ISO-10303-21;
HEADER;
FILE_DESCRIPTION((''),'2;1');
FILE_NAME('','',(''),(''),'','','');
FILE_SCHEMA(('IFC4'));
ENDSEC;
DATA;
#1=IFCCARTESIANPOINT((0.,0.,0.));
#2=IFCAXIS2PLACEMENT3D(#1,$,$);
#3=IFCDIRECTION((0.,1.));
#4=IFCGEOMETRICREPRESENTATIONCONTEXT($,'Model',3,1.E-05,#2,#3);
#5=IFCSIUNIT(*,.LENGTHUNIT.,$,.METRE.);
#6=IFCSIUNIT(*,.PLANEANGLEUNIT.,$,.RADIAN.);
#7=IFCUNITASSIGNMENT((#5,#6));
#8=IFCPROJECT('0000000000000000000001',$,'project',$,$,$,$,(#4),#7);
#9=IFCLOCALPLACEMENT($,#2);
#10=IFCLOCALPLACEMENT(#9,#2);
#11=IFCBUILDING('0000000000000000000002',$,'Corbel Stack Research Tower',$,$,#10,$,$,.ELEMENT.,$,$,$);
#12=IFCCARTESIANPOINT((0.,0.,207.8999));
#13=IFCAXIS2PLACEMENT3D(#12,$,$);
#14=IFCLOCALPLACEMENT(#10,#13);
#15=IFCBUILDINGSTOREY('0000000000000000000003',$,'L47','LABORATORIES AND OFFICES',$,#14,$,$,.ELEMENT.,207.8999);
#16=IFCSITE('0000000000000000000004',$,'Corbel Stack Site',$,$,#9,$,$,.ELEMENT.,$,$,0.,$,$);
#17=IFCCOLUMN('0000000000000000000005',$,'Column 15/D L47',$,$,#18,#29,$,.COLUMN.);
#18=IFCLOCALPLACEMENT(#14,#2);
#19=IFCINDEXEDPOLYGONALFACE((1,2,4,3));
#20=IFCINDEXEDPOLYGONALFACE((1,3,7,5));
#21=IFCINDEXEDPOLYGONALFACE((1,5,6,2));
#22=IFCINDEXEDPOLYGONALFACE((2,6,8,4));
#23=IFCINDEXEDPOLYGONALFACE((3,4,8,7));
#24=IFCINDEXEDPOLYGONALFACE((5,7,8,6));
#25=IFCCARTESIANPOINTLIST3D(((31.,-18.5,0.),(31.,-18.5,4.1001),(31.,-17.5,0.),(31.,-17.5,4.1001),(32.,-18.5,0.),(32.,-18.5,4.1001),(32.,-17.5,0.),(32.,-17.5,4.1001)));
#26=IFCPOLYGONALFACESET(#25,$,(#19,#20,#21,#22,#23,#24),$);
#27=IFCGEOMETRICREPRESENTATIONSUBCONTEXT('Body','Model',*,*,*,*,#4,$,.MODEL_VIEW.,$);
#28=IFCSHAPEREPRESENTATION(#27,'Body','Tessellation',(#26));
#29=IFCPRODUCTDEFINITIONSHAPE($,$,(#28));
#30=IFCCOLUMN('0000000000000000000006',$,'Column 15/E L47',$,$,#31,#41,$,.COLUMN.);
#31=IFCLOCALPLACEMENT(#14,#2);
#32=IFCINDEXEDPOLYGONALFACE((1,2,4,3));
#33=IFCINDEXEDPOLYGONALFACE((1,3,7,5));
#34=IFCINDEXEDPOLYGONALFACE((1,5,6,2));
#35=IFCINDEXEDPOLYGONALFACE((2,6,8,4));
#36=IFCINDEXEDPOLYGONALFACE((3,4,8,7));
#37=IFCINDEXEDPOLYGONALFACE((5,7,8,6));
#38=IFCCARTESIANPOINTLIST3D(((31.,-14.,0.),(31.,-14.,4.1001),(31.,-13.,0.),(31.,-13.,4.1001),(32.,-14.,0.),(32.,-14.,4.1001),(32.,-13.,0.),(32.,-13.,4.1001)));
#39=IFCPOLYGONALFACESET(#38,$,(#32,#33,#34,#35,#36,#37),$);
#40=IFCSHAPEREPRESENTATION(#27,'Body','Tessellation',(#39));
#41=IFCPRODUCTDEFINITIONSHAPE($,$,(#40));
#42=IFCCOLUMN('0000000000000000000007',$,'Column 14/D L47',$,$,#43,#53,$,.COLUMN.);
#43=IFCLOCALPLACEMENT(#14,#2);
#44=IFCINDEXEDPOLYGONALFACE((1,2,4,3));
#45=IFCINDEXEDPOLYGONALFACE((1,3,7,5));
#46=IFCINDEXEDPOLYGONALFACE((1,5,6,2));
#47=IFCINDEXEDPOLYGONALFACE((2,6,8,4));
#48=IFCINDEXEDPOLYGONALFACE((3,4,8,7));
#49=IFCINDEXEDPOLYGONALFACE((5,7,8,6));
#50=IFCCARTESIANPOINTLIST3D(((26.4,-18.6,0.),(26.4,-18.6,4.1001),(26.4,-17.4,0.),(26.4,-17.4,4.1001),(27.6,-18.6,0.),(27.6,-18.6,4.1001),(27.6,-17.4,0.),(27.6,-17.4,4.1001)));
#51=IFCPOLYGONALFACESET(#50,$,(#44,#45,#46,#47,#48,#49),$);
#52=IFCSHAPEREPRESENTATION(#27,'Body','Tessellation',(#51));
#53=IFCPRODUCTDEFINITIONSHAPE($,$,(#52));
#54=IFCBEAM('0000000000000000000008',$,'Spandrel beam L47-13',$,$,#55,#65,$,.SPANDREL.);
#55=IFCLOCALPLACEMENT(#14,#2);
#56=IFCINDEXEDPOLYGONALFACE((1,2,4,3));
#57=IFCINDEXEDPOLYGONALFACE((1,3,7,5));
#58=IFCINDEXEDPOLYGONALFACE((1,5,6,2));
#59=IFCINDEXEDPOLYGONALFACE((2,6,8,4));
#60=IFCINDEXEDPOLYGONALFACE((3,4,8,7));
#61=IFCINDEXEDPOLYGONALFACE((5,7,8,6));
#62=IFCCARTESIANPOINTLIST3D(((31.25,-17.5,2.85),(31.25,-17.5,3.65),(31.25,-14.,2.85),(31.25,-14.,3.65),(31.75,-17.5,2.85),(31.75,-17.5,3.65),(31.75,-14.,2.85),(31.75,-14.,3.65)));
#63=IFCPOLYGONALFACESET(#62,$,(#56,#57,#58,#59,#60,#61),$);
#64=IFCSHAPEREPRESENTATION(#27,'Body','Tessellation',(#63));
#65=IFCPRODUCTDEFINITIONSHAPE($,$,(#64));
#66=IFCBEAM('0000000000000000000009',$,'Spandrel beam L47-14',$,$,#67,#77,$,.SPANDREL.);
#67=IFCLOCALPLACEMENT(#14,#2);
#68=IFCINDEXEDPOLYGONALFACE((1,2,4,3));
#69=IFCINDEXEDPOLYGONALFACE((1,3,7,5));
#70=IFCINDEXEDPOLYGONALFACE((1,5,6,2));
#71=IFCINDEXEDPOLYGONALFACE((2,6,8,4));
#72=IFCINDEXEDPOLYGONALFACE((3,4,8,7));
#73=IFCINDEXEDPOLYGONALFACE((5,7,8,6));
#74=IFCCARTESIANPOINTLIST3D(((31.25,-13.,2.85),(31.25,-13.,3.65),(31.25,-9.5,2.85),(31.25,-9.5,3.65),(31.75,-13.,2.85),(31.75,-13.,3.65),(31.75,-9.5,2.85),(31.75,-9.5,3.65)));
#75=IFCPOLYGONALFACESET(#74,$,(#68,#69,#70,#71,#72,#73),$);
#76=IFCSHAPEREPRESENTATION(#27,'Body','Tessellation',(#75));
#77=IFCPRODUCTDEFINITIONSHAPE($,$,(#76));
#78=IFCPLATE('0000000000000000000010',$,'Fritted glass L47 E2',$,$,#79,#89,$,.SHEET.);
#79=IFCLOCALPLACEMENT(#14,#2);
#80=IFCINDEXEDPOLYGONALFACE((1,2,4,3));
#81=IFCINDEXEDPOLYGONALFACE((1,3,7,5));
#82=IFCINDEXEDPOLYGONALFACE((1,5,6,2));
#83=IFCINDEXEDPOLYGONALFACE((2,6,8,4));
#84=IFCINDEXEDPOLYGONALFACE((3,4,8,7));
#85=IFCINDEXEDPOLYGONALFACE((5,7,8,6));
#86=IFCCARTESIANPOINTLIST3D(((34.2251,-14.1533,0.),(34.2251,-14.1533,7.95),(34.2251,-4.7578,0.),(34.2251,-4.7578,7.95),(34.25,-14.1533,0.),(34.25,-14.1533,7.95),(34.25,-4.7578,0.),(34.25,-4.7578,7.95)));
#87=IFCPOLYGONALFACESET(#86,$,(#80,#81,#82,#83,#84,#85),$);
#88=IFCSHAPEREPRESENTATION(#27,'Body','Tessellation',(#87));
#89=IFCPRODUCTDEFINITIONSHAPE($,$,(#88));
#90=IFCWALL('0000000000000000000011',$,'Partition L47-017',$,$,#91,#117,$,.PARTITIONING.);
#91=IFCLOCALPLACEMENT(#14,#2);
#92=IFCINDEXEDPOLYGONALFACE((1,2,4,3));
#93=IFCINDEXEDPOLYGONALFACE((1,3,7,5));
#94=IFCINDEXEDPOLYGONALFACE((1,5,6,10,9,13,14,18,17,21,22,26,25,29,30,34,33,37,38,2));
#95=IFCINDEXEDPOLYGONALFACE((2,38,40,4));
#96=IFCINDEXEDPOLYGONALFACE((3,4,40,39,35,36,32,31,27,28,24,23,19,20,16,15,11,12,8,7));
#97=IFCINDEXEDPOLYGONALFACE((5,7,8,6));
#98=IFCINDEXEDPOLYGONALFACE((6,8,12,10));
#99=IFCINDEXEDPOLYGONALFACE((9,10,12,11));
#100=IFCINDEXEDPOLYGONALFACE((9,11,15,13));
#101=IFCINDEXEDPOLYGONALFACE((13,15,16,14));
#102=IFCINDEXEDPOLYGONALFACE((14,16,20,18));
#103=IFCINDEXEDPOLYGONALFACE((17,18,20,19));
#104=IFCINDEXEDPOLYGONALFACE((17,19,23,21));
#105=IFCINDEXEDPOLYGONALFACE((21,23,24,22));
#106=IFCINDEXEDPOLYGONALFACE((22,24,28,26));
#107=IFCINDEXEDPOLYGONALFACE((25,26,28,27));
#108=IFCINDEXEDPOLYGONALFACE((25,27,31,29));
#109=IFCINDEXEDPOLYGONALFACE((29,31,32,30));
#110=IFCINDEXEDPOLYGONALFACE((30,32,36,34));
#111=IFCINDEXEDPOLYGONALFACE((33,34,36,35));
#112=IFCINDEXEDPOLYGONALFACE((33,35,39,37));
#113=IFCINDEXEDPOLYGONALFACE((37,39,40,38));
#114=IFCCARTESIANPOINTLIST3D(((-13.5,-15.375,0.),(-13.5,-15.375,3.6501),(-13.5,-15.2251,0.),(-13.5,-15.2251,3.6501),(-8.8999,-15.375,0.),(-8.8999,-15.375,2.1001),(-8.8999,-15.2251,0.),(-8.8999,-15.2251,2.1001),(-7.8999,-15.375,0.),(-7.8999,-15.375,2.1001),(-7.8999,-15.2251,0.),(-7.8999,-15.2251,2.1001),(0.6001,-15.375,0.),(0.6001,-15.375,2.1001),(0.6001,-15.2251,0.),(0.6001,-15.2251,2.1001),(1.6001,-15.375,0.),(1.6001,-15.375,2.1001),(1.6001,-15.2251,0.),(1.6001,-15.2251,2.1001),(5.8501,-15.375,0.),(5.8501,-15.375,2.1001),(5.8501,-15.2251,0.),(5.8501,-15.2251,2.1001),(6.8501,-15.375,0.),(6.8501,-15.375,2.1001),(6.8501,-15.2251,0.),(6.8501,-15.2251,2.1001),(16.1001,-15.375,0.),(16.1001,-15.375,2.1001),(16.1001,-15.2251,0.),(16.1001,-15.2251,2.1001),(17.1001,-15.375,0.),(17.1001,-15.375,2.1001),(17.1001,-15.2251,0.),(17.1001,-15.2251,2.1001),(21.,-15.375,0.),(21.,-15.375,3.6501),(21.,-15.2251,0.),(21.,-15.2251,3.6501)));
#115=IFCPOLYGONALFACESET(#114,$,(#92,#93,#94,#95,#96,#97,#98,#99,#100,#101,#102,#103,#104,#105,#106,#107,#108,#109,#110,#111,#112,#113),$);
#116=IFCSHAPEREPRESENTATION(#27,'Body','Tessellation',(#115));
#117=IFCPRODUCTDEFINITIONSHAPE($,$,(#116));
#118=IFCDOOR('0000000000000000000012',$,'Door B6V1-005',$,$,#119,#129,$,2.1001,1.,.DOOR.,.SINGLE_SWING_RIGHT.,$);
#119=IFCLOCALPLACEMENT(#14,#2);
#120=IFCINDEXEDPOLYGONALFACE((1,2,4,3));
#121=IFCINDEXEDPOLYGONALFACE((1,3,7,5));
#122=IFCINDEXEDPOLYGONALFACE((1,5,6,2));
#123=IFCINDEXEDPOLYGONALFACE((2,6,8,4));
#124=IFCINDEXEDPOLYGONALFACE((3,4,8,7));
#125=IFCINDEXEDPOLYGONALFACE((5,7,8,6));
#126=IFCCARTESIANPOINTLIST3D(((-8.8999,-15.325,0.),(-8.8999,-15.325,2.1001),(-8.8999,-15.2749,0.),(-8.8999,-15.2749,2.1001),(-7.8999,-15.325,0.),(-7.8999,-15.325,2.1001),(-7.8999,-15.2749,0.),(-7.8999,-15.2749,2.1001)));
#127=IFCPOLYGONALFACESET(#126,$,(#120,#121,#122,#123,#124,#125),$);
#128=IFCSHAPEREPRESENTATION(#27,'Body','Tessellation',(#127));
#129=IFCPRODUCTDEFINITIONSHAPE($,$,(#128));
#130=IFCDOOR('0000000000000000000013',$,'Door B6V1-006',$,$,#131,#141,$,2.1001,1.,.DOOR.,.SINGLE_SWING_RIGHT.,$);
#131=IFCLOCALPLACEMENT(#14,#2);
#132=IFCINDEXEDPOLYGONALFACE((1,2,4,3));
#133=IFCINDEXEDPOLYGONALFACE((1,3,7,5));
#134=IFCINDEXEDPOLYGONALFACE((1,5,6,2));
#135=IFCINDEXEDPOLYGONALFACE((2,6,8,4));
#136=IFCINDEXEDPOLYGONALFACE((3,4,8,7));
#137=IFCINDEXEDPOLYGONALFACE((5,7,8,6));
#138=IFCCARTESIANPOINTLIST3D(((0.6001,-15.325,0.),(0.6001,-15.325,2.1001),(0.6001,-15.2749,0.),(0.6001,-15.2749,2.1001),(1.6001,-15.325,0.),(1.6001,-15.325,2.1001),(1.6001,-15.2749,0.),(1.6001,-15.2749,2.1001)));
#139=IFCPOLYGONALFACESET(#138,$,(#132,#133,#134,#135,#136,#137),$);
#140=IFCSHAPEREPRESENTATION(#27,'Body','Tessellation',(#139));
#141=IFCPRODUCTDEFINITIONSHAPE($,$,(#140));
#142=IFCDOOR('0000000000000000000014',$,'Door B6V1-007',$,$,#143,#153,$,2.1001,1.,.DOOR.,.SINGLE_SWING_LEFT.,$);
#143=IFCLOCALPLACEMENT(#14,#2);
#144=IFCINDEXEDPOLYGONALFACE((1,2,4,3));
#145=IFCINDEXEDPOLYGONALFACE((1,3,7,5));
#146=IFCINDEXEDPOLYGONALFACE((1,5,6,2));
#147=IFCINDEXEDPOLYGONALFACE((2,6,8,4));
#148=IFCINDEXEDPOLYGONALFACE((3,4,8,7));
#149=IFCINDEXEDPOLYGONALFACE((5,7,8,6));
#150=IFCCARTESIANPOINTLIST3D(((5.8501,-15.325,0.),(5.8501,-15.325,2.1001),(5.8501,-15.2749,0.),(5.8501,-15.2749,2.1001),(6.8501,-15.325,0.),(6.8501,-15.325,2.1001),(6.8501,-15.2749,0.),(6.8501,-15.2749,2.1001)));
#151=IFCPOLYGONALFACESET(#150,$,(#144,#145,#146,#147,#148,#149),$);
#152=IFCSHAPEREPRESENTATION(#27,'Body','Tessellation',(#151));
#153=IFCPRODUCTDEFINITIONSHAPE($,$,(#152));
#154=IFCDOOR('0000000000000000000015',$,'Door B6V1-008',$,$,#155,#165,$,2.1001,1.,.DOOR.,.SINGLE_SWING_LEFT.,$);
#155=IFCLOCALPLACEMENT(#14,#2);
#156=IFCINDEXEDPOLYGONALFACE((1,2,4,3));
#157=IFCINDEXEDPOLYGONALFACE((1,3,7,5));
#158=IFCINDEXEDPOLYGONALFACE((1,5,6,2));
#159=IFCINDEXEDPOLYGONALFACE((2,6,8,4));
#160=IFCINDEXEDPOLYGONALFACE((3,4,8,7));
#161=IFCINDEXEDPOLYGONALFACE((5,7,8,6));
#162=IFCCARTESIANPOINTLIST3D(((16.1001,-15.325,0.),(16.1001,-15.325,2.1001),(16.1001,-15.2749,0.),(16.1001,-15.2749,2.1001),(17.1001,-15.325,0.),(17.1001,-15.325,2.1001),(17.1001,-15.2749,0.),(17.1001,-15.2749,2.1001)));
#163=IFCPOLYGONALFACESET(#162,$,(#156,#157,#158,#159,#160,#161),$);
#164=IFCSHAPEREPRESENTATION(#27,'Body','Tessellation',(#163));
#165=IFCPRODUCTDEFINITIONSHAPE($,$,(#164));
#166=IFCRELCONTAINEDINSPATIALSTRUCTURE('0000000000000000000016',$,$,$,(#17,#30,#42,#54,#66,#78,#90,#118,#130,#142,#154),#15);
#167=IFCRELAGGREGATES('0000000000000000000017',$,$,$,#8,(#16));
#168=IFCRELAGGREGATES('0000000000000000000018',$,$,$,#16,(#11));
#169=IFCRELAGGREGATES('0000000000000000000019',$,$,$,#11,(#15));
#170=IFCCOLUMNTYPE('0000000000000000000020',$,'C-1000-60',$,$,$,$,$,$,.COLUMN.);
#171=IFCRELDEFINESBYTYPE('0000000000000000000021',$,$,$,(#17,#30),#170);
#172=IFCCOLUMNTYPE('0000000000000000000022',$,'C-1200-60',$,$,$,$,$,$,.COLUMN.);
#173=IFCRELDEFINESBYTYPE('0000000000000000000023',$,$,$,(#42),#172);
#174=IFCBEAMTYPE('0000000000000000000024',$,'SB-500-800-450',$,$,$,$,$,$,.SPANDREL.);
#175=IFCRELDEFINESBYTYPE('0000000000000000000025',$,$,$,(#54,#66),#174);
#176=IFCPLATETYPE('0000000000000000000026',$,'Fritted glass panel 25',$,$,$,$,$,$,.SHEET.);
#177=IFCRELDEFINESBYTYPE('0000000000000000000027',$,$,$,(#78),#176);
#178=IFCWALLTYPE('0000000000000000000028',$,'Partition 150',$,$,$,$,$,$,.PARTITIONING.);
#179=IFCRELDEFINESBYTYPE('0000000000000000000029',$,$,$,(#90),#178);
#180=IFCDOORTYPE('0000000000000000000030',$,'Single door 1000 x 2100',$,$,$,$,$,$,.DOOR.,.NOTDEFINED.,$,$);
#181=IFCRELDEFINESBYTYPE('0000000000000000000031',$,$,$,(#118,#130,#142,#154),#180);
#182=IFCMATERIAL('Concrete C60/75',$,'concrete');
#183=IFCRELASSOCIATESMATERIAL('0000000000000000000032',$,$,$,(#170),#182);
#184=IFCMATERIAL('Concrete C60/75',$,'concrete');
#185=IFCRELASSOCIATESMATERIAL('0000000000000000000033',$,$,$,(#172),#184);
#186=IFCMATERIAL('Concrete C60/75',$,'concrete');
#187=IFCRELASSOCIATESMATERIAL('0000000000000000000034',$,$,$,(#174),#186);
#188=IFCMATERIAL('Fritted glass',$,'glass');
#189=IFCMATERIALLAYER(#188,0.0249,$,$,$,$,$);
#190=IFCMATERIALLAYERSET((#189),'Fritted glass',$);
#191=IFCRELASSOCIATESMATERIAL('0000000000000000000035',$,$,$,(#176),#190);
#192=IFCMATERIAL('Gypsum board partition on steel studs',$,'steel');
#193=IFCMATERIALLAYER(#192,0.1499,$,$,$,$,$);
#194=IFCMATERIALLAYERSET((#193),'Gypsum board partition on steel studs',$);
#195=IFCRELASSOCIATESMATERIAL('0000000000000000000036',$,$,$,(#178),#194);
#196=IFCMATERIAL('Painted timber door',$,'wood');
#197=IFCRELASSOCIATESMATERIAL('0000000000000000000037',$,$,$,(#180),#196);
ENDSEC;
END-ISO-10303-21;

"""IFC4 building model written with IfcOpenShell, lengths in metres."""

from ifc_helpers import new_model, si_unit, direction, frame, frame_2d, origin, origin_2d, place, context, subcontext, project, spatial, rectangle, extrude, material, layer, layer_set, material_profile, profile_set, type_object, element, fill, save


model = new_model("IFC4")

# Units and contexts
model_context = context("Model", 3, precision=1e-05, world=origin(), true_north=direction((0.0, 1.0)))
body_context = subcontext(model_context, "Body", "Model", "MODEL_VIEW")
ifc_project = project(units=[si_unit("LENGTHUNIT", "METRE"), si_unit("PLANEANGLEUNIT", "RADIAN")], contexts=[model_context])

# Site, building, storey
site_placement = place(None, origin())
site = spatial("IfcSite", under=ifc_project, at=site_placement, Name="Corbel Stack Site", CompositionType="ELEMENT", RefElevation=0.0)
building_placement = place(site_placement, origin())
building = spatial("IfcBuilding", under=site, at=building_placement, Name="Corbel Stack Research Tower", CompositionType="ELEMENT")
storey_placement = place(building_placement, frame((0.0, 0.0, 207.8999)))
storey = spatial("IfcBuildingStorey", under=building, at=storey_placement, Name="L47", Description="LABORATORIES AND OFFICES", CompositionType="ELEMENT", Elevation=207.8999)

# Columns
ifc_material_1 = material(Name="Concrete C60/75", Category="concrete")
ifc_material_profile_1 = material_profile(ifc_material_1, rectangle(XDim=1.0, YDim=1.0, at=origin_2d()), Name="RC 1000 x 1000")
ifc_profile_set_1 = profile_set([ifc_material_profile_1], Name="Concrete C60/75")
column_type_1 = type_object("IfcColumnType", Name="C-1000-60", PredefinedType="COLUMN", material=ifc_profile_set_1)
for number, where, z_axis, x_axis, name in (
    (1, (31.5, -18.0, 0.0), (0.0, 0.0, 1.0), (1.0, 0.0, 0.0), "Column 15/D L47"),
    (2, (31.5, -13.5, 0.0), (0.0, 0.0, 1.0), (1.0, 0.0, 0.0), "Column 15/E L47"),
):
    element("IfcColumn", number, at=place(storey_placement, frame(where, z_axis=z_axis, x_axis=x_axis)), inside=storey, type_object=column_type_1, Name=name, PredefinedType="COLUMN", context=body_context, shape_type="SweptSolid", body=[
        extrude(rectangle(XDim=1.0, YDim=1.0, at=origin_2d()), origin(), (0.0, 0.0, 1.0), 4.1001),
    ])
ifc_material_2 = material(Name="Concrete C60/75", Category="concrete")
ifc_material_profile_2 = material_profile(ifc_material_2, rectangle(XDim=1.2, YDim=1.2, at=origin_2d()), Name="RC 1200 x 1200")
ifc_profile_set_2 = profile_set([ifc_material_profile_2], Name="Concrete C60/75")
column_type_2 = type_object("IfcColumnType", Name="C-1200-60", PredefinedType="COLUMN", material=ifc_profile_set_2)
column_placement = place(storey_placement, frame((27.0, -18.0, 0.0), z_axis=(0.0, 0.0, 1.0), x_axis=(1.0, 0.0, 0.0)))
element("IfcColumn", 3, at=column_placement, inside=storey, type_object=column_type_2, Name="Column 14/D L47", PredefinedType="COLUMN", context=body_context, shape_type="SweptSolid", body=[
    extrude(rectangle(XDim=1.2, YDim=1.2, at=origin_2d()), origin(), (0.0, 0.0, 1.0), 4.1001),
])

# Beams
ifc_material_3 = material(Name="Concrete C60/75", Category="concrete")
ifc_material_profile_3 = material_profile(ifc_material_3, rectangle(XDim=0.5, YDim=0.8, at=origin_2d()), Name="RC 500 x 800")
ifc_profile_set_3 = profile_set([ifc_material_profile_3], Name="Concrete C60/75")
beam_type = type_object("IfcBeamType", Name="SB-500-800-450", PredefinedType="SPANDREL", material=ifc_profile_set_3)
for number, where, z_axis, x_axis, name in (
    (4, (31.5, -17.5, 3.25), (0.0, 1.0, 0.0), (-1.0, 0.0, 0.0), "Spandrel beam L47-13"),
    (5, (31.5, -13.0, 3.25), (0.0, 1.0, 0.0), (-1.0, 0.0, 0.0), "Spandrel beam L47-14"),
):
    element("IfcBeam", number, at=place(storey_placement, frame(where, z_axis=z_axis, x_axis=x_axis)), inside=storey, type_object=beam_type, Name=name, PredefinedType="SPANDREL", context=body_context, shape_type="SweptSolid", body=[
        extrude(rectangle(XDim=0.5, YDim=0.8, at=origin_2d()), origin(), (0.0, 0.0, 1.0), 3.5),
    ])

# Plate
ifc_material_4 = material(Name="Fritted glass", Category="glass")
ifc_layer_1 = layer(ifc_material_4, 0.0249)
ifc_layer_set_1 = layer_set([ifc_layer_1], Name="Fritted glass")
plate_type = type_object("IfcPlateType", Name="Fritted glass panel 25", PredefinedType="SHEET", material=ifc_layer_set_1)
plate_placement = place(storey_placement, frame((34.2375, -9.4556, 0.0), z_axis=(0.0, 0.0, 1.0), x_axis=(0.0, 1.0, 0.0)))
element("IfcPlate", 6, at=plate_placement, inside=storey, type_object=plate_type, Name="Fritted glass L47 E2", PredefinedType="SHEET", context=body_context, shape_type="SweptSolid", body=[
    extrude(rectangle(XDim=9.3955, YDim=0.0249, at=origin_2d()), origin(), (0.0, 0.0, 1.0), 7.95),
])

# Wall, openings, doors
ifc_material_5 = material(Name="Gypsum board partition on steel studs", Category="steel")
ifc_layer_2 = layer(ifc_material_5, 0.1499)
ifc_layer_set_2 = layer_set([ifc_layer_2], Name="Gypsum board partition on steel studs")
wall_type_1 = type_object("IfcWallType", Name="Partition 150", PredefinedType="PARTITIONING", material=ifc_layer_set_2)
wall_1_placement = place(storey_placement, frame((21.0, -15.3, 0.0), z_axis=(0.0, 0.0, 1.0), x_axis=(-1.0, 0.0, 0.0)))
wall_1 = element("IfcWall", 7, at=wall_1_placement, inside=storey, type_object=wall_type_1, Name="Partition L47-017", PredefinedType="PARTITIONING", context=body_context, shape_type="SweptSolid", body=[
    extrude(rectangle(XDim=34.5, YDim=0.1499, at=frame_2d((17.25, 0.0))), origin(), (0.0, 0.0, 1.0), 3.6501),
])
opening_1_placement = place(wall_1_placement, frame((28.8999, 0.0, 0.0)))
opening_1 = element("IfcOpeningElement", 8, at=opening_1_placement, cuts=wall_1, PredefinedType="OPENING", context=body_context, shape_type="SweptSolid", body=[
    extrude(rectangle(XDim=1.0, YDim=2.1001, at=frame_2d((0.5, 1.05))), frame((0.0, 0.085, 0.0), z_axis=(0.0, -1.0, 0.0), x_axis=(1.0, 0.0, 0.0)), (0.0, 0.0, 1.0), 0.1699),
])
opening_2_placement = place(wall_1_placement, frame((19.3999, 0.0, 0.0)))
opening_2 = element("IfcOpeningElement", 9, at=opening_2_placement, cuts=wall_1, PredefinedType="OPENING", context=body_context, shape_type="SweptSolid", body=[
    extrude(rectangle(XDim=1.0, YDim=2.1001, at=frame_2d((0.5, 1.05))), frame((0.0, 0.085, 0.0), z_axis=(0.0, -1.0, 0.0), x_axis=(1.0, 0.0, 0.0)), (0.0, 0.0, 1.0), 0.1699),
])
opening_3_placement = place(wall_1_placement, frame((14.1499, 0.0, 0.0)))
opening_3 = element("IfcOpeningElement", 10, at=opening_3_placement, cuts=wall_1, PredefinedType="OPENING", context=body_context, shape_type="SweptSolid", body=[
    extrude(rectangle(XDim=1.0, YDim=2.1001, at=frame_2d((0.5, 1.05))), frame((0.0, 0.085, 0.0), z_axis=(0.0, -1.0, 0.0), x_axis=(1.0, 0.0, 0.0)), (0.0, 0.0, 1.0), 0.1699),
])
opening_4_placement = place(wall_1_placement, frame((3.8999, 0.0, 0.0)))
opening_4 = element("IfcOpeningElement", 11, at=opening_4_placement, cuts=wall_1, PredefinedType="OPENING", context=body_context, shape_type="SweptSolid", body=[
    extrude(rectangle(XDim=1.0, YDim=2.1001, at=frame_2d((0.5, 1.05))), frame((0.0, 0.085, 0.0), z_axis=(0.0, -1.0, 0.0), x_axis=(1.0, 0.0, 0.0)), (0.0, 0.0, 1.0), 0.1699),
])
ifc_material_6 = material(Name="Painted timber door", Category="wood")
door_type_1 = type_object("IfcDoorType", Name="Single door 1000 x 2100", OperationType="NOTDEFINED", PredefinedType="DOOR", material=ifc_material_6)
door_1_placement = place(opening_1_placement, origin())
door_1 = element("IfcDoor", 12, at=door_1_placement, inside=storey, type_object=door_type_1, Name="Door B6V1-005", OperationType="SINGLE_SWING_RIGHT", OverallHeight=2.1001, OverallWidth=1.0, PredefinedType="DOOR", context=body_context, shape_type="SweptSolid", body=[
    extrude(rectangle(XDim=1.0, YDim=2.1001, at=frame_2d((0.5, 1.05))), frame((0.0, 0.0249, 0.0), z_axis=(0.0, -1.0, 0.0), x_axis=(1.0, 0.0, 0.0)), (0.0, 0.0, 1.0), 0.05),
])
fill(opening_1, door_1)
door_2_placement = place(opening_2_placement, origin())
door_2 = element("IfcDoor", 13, at=door_2_placement, inside=storey, type_object=door_type_1, Name="Door B6V1-006", OperationType="SINGLE_SWING_RIGHT", OverallHeight=2.1001, OverallWidth=1.0, PredefinedType="DOOR", context=body_context, shape_type="SweptSolid", body=[
    extrude(rectangle(XDim=1.0, YDim=2.1001, at=frame_2d((0.5, 1.05))), frame((0.0, 0.0249, 0.0), z_axis=(0.0, -1.0, 0.0), x_axis=(1.0, 0.0, 0.0)), (0.0, 0.0, 1.0), 0.05),
])
fill(opening_2, door_2)
door_3_placement = place(opening_3_placement, origin())
door_3 = element("IfcDoor", 14, at=door_3_placement, inside=storey, type_object=door_type_1, Name="Door B6V1-007", OperationType="SINGLE_SWING_LEFT", OverallHeight=2.1001, OverallWidth=1.0, PredefinedType="DOOR", context=body_context, shape_type="SweptSolid", body=[
    extrude(rectangle(XDim=1.0, YDim=2.1001, at=frame_2d((0.5, 1.05))), frame((0.0, 0.0249, 0.0), z_axis=(0.0, -1.0, 0.0), x_axis=(1.0, 0.0, 0.0)), (0.0, 0.0, 1.0), 0.05),
])
fill(opening_3, door_3)
door_4_placement = place(opening_4_placement, origin())
door_4 = element("IfcDoor", 15, at=door_4_placement, inside=storey, type_object=door_type_1, Name="Door B6V1-008", OperationType="SINGLE_SWING_LEFT", OverallHeight=2.1001, OverallWidth=1.0, PredefinedType="DOOR", context=body_context, shape_type="SweptSolid", body=[
    extrude(rectangle(XDim=1.0, YDim=2.1001, at=frame_2d((0.5, 1.05))), frame((0.0, 0.0249, 0.0), z_axis=(0.0, -1.0, 0.0), x_axis=(1.0, 0.0, 0.0)), (0.0, 0.0, 1.0), 0.05),
])
fill(opening_4, door_4)

save(model, "model.ifc")
